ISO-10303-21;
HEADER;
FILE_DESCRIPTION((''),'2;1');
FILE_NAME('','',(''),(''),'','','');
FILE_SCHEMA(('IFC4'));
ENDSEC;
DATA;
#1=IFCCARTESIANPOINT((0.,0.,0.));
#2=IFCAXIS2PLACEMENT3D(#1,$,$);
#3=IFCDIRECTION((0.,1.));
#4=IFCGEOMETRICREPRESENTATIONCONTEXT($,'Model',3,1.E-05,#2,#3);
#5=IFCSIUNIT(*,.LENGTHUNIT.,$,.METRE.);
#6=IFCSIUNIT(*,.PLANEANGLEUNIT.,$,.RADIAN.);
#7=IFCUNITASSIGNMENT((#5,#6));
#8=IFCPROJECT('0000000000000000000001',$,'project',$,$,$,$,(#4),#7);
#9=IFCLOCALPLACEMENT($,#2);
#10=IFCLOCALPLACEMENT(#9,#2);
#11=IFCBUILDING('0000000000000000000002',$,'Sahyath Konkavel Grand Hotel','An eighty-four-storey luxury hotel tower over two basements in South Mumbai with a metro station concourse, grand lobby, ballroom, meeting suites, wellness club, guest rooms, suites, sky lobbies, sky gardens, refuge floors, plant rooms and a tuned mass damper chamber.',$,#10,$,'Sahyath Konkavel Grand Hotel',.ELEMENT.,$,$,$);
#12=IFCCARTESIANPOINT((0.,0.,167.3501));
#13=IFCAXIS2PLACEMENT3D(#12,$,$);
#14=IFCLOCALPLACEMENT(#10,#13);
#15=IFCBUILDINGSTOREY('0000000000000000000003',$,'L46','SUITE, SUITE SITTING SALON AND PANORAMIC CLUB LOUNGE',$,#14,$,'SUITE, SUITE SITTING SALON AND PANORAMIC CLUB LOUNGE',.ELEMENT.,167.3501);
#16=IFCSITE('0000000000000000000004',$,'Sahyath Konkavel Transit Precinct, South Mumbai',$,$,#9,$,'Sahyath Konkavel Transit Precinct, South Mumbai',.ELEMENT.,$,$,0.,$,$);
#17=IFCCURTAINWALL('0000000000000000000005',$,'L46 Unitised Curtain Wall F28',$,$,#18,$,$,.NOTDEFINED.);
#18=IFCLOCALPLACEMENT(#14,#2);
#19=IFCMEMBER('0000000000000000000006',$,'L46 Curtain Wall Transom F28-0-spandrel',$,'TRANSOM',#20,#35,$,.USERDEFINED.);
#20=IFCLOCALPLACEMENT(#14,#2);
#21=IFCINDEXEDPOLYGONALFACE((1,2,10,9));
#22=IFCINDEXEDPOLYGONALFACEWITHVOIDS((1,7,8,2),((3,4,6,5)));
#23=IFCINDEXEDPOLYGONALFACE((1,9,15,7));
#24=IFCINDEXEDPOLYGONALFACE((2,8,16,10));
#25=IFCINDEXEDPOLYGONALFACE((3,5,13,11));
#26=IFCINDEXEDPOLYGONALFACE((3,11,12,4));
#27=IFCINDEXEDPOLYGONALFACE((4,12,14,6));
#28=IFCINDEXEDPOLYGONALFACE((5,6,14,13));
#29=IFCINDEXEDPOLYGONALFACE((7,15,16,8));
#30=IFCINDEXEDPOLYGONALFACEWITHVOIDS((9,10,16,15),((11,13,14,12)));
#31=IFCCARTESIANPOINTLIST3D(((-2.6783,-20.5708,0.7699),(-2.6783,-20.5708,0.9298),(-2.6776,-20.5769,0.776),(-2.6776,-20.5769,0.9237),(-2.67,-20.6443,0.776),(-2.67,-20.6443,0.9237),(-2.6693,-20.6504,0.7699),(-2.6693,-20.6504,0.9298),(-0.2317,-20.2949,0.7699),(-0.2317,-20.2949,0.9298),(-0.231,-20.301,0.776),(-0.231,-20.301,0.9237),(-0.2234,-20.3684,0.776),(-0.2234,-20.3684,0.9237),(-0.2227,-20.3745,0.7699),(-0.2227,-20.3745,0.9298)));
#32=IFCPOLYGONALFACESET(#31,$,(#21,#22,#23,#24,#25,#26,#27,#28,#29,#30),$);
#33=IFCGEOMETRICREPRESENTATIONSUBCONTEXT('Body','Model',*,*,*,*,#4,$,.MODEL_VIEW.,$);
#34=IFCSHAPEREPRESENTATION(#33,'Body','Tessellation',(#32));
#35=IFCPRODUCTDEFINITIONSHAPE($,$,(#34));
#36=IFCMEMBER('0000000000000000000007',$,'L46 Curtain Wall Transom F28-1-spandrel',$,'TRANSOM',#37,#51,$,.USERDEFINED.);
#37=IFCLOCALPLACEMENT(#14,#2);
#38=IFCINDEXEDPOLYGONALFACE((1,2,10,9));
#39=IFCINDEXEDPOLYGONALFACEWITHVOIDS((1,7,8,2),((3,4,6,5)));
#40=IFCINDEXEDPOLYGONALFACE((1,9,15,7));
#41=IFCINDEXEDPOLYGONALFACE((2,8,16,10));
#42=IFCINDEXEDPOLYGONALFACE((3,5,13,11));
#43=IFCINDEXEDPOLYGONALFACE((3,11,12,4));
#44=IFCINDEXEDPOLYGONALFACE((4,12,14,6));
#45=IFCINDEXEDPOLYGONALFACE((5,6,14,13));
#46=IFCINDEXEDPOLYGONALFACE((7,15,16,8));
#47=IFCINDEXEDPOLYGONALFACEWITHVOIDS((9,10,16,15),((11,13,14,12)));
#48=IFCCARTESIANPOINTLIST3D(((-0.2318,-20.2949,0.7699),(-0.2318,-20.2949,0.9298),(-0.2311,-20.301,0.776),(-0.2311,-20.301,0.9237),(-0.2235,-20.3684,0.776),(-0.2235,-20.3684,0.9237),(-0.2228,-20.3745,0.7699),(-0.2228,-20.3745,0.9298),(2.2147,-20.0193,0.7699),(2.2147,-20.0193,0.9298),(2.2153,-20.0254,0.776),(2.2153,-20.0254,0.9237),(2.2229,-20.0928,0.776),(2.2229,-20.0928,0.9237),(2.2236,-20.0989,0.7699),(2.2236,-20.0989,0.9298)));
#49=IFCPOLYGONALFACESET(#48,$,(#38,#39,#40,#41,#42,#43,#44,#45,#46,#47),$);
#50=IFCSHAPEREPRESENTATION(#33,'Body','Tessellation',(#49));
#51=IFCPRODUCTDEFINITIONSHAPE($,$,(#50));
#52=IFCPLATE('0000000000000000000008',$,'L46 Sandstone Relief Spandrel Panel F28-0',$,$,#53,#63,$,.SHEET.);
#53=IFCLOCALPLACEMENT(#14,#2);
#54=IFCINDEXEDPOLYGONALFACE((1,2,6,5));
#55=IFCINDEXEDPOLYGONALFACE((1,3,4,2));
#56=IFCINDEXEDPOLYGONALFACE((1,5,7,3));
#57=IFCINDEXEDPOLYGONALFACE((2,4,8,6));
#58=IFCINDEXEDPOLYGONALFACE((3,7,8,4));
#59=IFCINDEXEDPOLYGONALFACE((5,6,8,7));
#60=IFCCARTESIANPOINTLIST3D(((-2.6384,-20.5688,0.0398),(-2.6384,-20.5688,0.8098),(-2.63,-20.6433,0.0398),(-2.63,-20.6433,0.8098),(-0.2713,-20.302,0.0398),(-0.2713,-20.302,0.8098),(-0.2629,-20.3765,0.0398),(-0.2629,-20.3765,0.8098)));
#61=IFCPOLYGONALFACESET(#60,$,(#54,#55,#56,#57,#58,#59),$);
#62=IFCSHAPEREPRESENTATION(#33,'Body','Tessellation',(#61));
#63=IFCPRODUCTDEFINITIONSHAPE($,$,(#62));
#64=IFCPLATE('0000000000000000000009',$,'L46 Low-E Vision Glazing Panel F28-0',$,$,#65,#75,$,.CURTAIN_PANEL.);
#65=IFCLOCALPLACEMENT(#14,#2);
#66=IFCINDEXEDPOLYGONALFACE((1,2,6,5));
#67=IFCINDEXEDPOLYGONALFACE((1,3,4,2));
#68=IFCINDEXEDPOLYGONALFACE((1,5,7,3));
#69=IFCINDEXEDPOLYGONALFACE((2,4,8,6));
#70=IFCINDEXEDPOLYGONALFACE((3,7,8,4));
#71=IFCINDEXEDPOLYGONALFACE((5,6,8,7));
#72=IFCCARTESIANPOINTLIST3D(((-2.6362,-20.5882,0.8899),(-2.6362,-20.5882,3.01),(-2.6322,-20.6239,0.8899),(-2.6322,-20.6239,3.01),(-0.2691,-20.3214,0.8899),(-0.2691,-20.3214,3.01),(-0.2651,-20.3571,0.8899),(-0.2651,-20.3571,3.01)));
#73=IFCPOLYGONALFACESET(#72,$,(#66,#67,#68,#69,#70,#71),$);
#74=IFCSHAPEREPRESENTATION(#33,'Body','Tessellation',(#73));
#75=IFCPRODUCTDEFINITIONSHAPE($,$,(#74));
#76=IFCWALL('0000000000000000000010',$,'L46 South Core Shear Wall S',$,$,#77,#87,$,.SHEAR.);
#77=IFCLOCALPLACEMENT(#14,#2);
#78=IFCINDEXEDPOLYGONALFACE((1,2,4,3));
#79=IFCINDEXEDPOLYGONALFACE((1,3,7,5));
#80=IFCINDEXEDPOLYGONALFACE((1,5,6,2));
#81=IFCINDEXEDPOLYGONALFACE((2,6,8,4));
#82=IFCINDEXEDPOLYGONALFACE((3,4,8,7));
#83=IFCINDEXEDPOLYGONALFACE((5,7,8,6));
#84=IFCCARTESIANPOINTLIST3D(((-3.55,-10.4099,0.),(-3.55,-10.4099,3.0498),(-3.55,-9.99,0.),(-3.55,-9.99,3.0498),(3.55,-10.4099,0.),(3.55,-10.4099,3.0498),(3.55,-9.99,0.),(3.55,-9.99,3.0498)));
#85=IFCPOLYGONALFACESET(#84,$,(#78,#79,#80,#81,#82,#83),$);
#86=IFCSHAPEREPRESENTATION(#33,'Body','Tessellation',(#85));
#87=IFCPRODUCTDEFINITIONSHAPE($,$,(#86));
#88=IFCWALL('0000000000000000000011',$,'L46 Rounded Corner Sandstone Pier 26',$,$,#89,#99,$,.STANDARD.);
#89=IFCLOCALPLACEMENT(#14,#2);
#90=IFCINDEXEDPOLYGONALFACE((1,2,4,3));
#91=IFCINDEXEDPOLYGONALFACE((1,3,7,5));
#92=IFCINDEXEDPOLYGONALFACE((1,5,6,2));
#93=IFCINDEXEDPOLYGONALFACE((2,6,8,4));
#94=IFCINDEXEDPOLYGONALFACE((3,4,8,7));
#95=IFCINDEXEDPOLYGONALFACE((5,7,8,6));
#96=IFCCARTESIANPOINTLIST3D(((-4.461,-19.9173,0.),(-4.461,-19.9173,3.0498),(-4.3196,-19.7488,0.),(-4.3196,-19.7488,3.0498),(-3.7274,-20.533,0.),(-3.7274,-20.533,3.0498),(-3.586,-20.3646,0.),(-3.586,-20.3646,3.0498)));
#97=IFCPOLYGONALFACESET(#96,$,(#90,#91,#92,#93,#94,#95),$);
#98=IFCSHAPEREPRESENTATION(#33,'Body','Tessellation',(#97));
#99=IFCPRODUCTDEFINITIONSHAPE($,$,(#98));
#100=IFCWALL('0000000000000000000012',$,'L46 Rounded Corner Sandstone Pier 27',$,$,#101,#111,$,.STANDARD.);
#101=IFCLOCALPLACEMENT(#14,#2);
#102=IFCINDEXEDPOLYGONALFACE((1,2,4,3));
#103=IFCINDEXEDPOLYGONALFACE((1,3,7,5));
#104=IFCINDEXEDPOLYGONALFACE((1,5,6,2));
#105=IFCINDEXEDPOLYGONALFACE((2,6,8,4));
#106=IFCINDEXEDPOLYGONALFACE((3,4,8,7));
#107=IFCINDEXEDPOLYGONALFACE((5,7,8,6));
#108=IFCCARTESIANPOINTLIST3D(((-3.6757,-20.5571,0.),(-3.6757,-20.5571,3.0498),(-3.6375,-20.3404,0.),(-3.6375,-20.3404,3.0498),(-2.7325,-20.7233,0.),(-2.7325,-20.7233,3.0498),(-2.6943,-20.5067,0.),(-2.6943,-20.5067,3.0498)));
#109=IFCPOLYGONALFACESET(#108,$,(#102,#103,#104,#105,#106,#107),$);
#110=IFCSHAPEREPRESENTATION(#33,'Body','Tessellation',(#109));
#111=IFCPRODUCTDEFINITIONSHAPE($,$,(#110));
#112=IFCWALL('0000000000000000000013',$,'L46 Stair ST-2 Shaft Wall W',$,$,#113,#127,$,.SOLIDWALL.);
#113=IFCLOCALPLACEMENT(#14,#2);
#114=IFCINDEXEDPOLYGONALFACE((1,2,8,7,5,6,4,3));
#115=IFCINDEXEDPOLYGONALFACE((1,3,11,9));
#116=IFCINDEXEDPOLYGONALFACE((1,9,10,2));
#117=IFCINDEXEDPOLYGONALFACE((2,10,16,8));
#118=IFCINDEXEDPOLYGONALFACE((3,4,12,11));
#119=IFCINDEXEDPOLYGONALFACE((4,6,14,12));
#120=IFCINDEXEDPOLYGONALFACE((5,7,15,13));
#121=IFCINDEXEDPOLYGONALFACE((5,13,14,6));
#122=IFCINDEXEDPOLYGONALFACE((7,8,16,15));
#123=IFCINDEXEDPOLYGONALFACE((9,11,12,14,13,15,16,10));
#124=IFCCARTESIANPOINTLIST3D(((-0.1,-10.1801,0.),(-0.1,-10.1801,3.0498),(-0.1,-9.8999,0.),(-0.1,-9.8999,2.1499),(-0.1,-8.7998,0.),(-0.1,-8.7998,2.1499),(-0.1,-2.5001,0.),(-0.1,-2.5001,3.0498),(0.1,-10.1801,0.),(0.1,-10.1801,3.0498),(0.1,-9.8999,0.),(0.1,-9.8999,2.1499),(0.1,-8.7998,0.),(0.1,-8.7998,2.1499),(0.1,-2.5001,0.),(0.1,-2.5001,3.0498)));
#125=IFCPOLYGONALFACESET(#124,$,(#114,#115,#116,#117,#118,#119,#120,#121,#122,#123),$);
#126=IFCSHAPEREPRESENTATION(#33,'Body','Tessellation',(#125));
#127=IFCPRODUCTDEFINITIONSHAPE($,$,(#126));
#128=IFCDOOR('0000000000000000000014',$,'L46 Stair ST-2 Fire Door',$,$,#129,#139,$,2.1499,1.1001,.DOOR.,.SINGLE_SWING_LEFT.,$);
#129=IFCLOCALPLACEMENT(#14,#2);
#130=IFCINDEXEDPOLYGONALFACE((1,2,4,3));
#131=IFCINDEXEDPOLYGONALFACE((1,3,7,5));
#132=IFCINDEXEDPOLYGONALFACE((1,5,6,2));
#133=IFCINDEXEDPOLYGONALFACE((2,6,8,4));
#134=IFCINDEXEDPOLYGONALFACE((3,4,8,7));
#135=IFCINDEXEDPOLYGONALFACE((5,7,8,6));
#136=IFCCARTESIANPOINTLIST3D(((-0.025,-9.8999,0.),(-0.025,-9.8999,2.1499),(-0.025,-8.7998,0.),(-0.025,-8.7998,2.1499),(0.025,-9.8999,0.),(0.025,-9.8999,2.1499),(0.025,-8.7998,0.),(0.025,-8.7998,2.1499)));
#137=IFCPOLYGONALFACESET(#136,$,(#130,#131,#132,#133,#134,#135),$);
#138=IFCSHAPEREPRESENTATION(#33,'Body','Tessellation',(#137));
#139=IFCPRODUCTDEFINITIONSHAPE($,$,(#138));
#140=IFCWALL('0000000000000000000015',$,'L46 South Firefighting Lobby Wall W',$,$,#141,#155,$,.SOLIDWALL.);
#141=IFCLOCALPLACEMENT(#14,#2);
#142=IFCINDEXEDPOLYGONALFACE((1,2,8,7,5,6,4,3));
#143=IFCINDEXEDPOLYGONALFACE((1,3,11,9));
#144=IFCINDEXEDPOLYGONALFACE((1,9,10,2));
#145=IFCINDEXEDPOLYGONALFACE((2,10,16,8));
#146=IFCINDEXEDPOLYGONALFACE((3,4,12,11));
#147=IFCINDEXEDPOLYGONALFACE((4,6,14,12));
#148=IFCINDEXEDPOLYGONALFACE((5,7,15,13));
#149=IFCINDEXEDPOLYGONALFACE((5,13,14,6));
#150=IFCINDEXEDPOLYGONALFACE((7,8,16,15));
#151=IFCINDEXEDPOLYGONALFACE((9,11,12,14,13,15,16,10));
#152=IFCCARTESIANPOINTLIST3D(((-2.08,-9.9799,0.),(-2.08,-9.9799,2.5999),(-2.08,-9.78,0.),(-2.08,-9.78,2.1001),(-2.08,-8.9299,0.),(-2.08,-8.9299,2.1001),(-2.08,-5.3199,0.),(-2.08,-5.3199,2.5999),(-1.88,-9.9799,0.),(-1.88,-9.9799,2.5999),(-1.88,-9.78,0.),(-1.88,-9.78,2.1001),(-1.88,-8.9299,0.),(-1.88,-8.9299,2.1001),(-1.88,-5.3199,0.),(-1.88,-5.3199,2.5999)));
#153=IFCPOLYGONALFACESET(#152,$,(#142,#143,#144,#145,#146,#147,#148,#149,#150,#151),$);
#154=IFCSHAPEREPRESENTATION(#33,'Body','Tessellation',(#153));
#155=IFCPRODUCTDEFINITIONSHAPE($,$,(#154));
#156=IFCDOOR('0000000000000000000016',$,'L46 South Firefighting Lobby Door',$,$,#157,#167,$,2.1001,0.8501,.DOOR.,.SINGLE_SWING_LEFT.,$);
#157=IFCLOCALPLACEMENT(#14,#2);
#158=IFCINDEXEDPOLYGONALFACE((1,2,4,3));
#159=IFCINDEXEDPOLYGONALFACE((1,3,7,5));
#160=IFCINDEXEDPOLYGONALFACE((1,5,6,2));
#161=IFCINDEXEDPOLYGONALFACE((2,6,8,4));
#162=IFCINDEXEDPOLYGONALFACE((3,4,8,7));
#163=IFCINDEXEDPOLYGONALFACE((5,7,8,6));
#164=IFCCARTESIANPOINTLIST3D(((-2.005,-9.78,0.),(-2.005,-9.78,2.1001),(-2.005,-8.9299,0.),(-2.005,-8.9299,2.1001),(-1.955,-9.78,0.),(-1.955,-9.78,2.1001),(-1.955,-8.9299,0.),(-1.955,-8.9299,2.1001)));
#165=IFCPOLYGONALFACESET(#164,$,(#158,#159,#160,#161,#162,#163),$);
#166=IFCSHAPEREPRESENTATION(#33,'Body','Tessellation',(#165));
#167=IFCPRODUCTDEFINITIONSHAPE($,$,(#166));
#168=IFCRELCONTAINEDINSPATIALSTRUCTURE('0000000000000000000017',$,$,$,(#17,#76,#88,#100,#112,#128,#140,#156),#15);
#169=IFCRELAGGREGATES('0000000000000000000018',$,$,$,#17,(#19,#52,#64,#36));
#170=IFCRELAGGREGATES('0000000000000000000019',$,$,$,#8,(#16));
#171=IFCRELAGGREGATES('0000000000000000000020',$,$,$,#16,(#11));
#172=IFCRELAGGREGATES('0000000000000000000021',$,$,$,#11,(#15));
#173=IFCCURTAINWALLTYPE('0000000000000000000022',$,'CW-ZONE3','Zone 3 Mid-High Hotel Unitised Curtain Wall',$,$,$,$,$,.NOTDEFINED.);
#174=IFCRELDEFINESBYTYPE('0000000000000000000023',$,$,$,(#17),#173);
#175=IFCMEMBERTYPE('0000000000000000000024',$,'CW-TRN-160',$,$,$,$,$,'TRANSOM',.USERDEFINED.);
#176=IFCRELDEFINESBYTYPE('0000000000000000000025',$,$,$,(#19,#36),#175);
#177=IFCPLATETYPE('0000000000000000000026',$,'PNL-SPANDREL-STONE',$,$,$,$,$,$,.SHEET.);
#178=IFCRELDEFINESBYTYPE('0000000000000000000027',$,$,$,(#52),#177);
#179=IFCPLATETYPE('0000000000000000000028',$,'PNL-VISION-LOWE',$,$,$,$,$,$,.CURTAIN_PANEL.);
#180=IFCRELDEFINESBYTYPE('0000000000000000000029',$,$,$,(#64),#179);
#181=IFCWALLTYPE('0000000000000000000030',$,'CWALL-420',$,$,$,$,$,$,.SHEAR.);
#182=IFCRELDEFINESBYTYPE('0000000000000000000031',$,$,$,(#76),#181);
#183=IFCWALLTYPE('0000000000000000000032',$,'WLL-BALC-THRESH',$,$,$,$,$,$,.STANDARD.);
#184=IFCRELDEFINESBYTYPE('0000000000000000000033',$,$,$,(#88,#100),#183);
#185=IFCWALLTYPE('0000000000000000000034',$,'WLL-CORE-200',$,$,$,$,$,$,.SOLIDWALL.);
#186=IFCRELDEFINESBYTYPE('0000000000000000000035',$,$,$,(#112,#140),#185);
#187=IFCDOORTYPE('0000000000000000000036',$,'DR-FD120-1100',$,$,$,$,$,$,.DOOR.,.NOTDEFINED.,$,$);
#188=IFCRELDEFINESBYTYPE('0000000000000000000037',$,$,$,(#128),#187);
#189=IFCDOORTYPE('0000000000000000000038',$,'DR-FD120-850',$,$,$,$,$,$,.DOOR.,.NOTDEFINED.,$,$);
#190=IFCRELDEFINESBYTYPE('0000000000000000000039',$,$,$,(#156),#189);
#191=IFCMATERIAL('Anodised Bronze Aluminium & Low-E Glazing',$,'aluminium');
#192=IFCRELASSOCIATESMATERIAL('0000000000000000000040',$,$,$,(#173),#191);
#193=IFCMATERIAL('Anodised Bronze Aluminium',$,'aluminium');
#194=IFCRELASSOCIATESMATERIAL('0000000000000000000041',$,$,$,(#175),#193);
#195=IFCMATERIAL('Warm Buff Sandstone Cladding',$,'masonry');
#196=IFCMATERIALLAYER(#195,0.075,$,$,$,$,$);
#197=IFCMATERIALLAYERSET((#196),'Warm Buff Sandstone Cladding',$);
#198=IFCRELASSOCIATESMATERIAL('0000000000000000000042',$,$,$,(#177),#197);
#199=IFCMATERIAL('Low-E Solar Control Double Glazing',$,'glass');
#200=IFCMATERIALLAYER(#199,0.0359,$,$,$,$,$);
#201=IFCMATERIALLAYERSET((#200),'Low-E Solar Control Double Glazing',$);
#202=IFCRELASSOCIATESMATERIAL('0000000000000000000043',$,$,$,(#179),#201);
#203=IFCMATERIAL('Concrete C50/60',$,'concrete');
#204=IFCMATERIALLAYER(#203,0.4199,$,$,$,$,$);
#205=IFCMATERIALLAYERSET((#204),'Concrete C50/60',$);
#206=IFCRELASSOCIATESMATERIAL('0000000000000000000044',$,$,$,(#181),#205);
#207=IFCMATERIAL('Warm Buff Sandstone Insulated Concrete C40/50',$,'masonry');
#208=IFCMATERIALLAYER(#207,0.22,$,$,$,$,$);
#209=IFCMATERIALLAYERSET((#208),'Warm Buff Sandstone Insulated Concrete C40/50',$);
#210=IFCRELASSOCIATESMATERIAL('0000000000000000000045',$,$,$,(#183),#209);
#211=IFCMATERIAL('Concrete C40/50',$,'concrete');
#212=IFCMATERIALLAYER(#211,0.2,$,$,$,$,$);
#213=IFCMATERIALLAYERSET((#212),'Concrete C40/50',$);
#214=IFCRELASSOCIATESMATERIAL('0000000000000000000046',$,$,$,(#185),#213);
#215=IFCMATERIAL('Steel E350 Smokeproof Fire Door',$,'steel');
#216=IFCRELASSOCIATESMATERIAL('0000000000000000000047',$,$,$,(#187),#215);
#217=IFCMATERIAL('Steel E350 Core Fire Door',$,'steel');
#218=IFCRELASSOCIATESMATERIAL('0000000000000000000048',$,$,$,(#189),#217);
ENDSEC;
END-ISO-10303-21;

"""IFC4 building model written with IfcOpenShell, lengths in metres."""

from ifc_helpers import new_model, si_unit, direction, frame, frame_2d, origin, origin_2d, place, context, subcontext, project, spatial, rectangle, hollow_rectangle, extrude, source, transform, mapped, material, layer, layer_set, material_profile, profile_set, type_object, element, fill, aggregate, save


model = new_model("IFC4")

# Units and contexts
model_context = context("Model", 3, precision=1e-05, world=origin(), true_north=direction((0.0, 1.0)))
body_context = subcontext(model_context, "Body", "Model", "MODEL_VIEW")
ifc_project = project(units=[si_unit("LENGTHUNIT", "METRE"), si_unit("PLANEANGLEUNIT", "RADIAN")], contexts=[model_context])

# Site, building, storey
site_placement = place(None, origin())
site = spatial("IfcSite", under=ifc_project, at=site_placement, Name="Sahyath Konkavel Transit Precinct, South Mumbai", LongName="Sahyath Konkavel Transit Precinct, South Mumbai", CompositionType="ELEMENT", RefElevation=0.0)
building_placement = place(site_placement, origin())
building = spatial("IfcBuilding", under=site, at=building_placement, Name="Sahyath Konkavel Grand Hotel", Description="An eighty-four-storey luxury hotel tower over two basements in South Mumbai with a metro station concourse, grand lobby, ballroom, meeting suites, wellness club, guest rooms, suites, sky lobbies, sky gardens, refuge floors, plant rooms and a tuned mass damper chamber.", LongName="Sahyath Konkavel Grand Hotel", CompositionType="ELEMENT")
storey_placement = place(building_placement, frame((0.0, 0.0, 167.3501)))
storey = spatial("IfcBuildingStorey", under=building, at=storey_placement, Name="L46", Description="SUITE, SUITE SITTING SALON AND PANORAMIC CLUB LOUNGE", LongName="SUITE, SUITE SITTING SALON AND PANORAMIC CLUB LOUNGE", CompositionType="ELEMENT", Elevation=167.3501)

# Shared definitions
ifc_material_1 = material(Name="Concrete C50/60", Category="concrete")
ifc_material_2 = material(Name="Concrete C40/50", Category="concrete")

# Curtain wall, members, plates
ifc_material_3 = material(Name="Anodised Bronze Aluminium & Low-E Glazing", Category="aluminium")
curtain_wall_type = type_object("IfcCurtainWallType", Name="CW-ZONE3", Description="Zone 3 Mid-High Hotel Unitised Curtain Wall", PredefinedType="NOTDEFINED", material=ifc_material_3)
curtain_wall_placement = place(storey_placement, origin())
curtain_wall = element("IfcCurtainWall", 1, at=curtain_wall_placement, inside=storey, type_object=curtain_wall_type, Name="L46 Unitised Curtain Wall F28", PredefinedType="NOTDEFINED")
ifc_material_4 = material(Name="Anodised Bronze Aluminium", Category="aluminium")
ifc_material_profile_1 = material_profile(ifc_material_4, hollow_rectangle(XDim=0.0801, YDim=0.1599, WallThickness=0.0061, at=origin_2d()), Name="RHS 160x80x6")
ifc_profile_set_1 = profile_set([ifc_material_profile_1], Name="Anodised Bronze Aluminium")
member_type_1 = type_object("IfcMemberType", Name="CW-TRN-160", ElementType="TRANSOM", PredefinedType="USERDEFINED", material=ifc_profile_set_1)
shared_shape_1 = source(origin(), body_context, "Body", "SweptSolid", [
    extrude(hollow_rectangle(XDim=0.0801, YDim=0.1599, WallThickness=0.0061, at=origin_2d()), origin(), (0.0, 0.0, 1.0), 2.4622),
])
member_1_placement = place(storey_placement, frame((-2.6738, -20.6106, 0.8499), z_axis=(0.993702, 0.112053, 0.0), x_axis=(-0.112053, 0.993702, 0.0)))
member_1 = element("IfcMember", 2, at=member_1_placement, type_object=member_type_1, Name="L46 Curtain Wall Transom F28-0-spandrel", ObjectType="TRANSOM", PredefinedType="USERDEFINED", context=body_context, shape_type="MappedRepresentation", body=[
    mapped(shared_shape_1, transform((0.0, 0.0, 0.0), scale=1.0)),
])
shared_shape_2 = source(origin(), body_context, "Body", "SweptSolid", [
    extrude(hollow_rectangle(XDim=0.0801, YDim=0.1599, WallThickness=0.0061, at=origin_2d()), origin(), (0.0, 0.0, 1.0), 2.4619),
])
member_2_placement = place(storey_placement, frame((-0.2273, -20.3347, 0.8499), z_axis=(0.993713, 0.111955, 0.0), x_axis=(-0.111955, 0.993713, 0.0)))
member_2 = element("IfcMember", 3, at=member_2_placement, type_object=member_type_1, Name="L46 Curtain Wall Transom F28-1-spandrel", ObjectType="TRANSOM", PredefinedType="USERDEFINED", context=body_context, shape_type="MappedRepresentation", body=[
    mapped(shared_shape_2, transform((0.0, 0.0, 0.0), scale=1.0)),
])
ifc_material_5 = material(Name="Warm Buff Sandstone Cladding", Category="masonry")
ifc_layer_1 = layer(ifc_material_5, 0.075)
ifc_layer_set_1 = layer_set([ifc_layer_1], Name="Warm Buff Sandstone Cladding")
plate_type_1 = type_object("IfcPlateType", Name="PNL-SPANDREL-STONE", PredefinedType="SHEET", material=ifc_layer_set_1)
shared_shape_3 = source(origin(), body_context, "Body", "SweptSolid", [
    extrude(rectangle(XDim=2.3821, YDim=0.075, at=origin_2d()), origin(), (0.0, 0.0, 1.0), 0.77),
])
plate_1_placement = place(storey_placement, frame((-1.4507, -20.4727, 0.0398), z_axis=(0.0, 0.0, 1.0), x_axis=(0.993707, 0.112007, 0.0)))
plate_1 = element("IfcPlate", 4, at=plate_1_placement, type_object=plate_type_1, Name="L46 Sandstone Relief Spandrel Panel F28-0", PredefinedType="SHEET", context=body_context, shape_type="MappedRepresentation", body=[
    mapped(shared_shape_3, transform((0.0, 0.0, 0.0), scale=1.0)),
])
ifc_material_6 = material(Name="Low-E Solar Control Double Glazing", Category="glass")
ifc_layer_2 = layer(ifc_material_6, 0.0359)
ifc_layer_set_2 = layer_set([ifc_layer_2], Name="Low-E Solar Control Double Glazing")
plate_type_2 = type_object("IfcPlateType", Name="PNL-VISION-LOWE", PredefinedType="CURTAIN_PANEL", material=ifc_layer_set_2)
shared_shape_4 = source(origin(), body_context, "Body", "SweptSolid", [
    extrude(rectangle(XDim=2.3821, YDim=0.0359, at=origin_2d()), origin(), (0.0, 0.0, 1.0), 2.1201),
])
plate_2_placement = place(storey_placement, frame((-1.4507, -20.4727, 0.8899), z_axis=(0.0, 0.0, 1.0), x_axis=(0.993707, 0.112007, 0.0)))
plate_2 = element("IfcPlate", 5, at=plate_2_placement, type_object=plate_type_2, Name="L46 Low-E Vision Glazing Panel F28-0", PredefinedType="CURTAIN_PANEL", context=body_context, shape_type="MappedRepresentation", body=[
    mapped(shared_shape_4, transform((0.0, 0.0, 0.0), scale=1.0)),
])
aggregate(curtain_wall, [member_1, plate_1, plate_2, member_2])

# Walls
ifc_layer_3 = layer(ifc_material_1, 0.4199)
ifc_layer_set_3 = layer_set([ifc_layer_3], Name="Concrete C50/60")
wall_type_1 = type_object("IfcWallType", Name="CWALL-420", PredefinedType="SHEAR", material=ifc_layer_set_3)
wall_1_placement = place(storey_placement, frame((-3.55, -10.2, 0.0), z_axis=(0.0, 0.0, 1.0), x_axis=(1.0, 0.0, 0.0)))
element("IfcWall", 6, at=wall_1_placement, inside=storey, type_object=wall_type_1, Name="L46 South Core Shear Wall S", PredefinedType="SHEAR", context=body_context, shape_type="SweptSolid", body=[
    extrude(rectangle(XDim=7.1001, YDim=0.4199, at=frame_2d((3.55, 0.0))), origin(), (0.0, 0.0, 1.0), 3.0498),
])
ifc_material_7 = material(Name="Warm Buff Sandstone Insulated Concrete C40/50", Category="masonry")
ifc_layer_4 = layer(ifc_material_7, 0.22)
ifc_layer_set_4 = layer_set([ifc_layer_4], Name="Warm Buff Sandstone Insulated Concrete C40/50")
wall_type_2 = type_object("IfcWallType", Name="WLL-BALC-THRESH", PredefinedType="STANDARD", material=ifc_layer_set_4)
for number, where, z_axis, x_axis, name in (
    (7, (-4.3904, -19.833, 0.0), (0.0, 0.0, 1.0), (0.765981, -0.642863, 0.0), "L46 Rounded Corner Sandstone Pier 26"),
    (8, (-3.6567, -20.4487, 0.0), (0.0, 0.0, 1.0), (0.984814, -0.173611, 0.0), "L46 Rounded Corner Sandstone Pier 27"),
):
    element("IfcWall", number, at=place(storey_placement, frame(where, z_axis=z_axis, x_axis=x_axis)), inside=storey, type_object=wall_type_2, Name=name, PredefinedType="STANDARD", context=body_context, shape_type="SweptSolid", body=[
        extrude(rectangle(XDim=0.9578, YDim=0.22, at=frame_2d((0.479, 0.0))), origin(), (0.0, 0.0, 1.0), 3.0498),
    ])

# Walls, openings, doors
ifc_layer_5 = layer(ifc_material_2, 0.2)
ifc_layer_set_5 = layer_set([ifc_layer_5], Name="Concrete C40/50")
wall_type_3 = type_object("IfcWallType", Name="WLL-CORE-200", PredefinedType="SOLIDWALL", material=ifc_layer_set_5)
wall_2_placement = place(storey_placement, frame((0.0, -10.1799, 0.0), z_axis=(0.0, 0.0, 1.0), x_axis=(0.0, 1.0, 0.0)))
wall_2 = element("IfcWall", 9, at=wall_2_placement, inside=storey, type_object=wall_type_3, Name="L46 Stair ST-2 Shaft Wall W", PredefinedType="SOLIDWALL", context=body_context, shape_type="SweptSolid", body=[
    extrude(rectangle(XDim=7.6799, YDim=0.2, at=frame_2d((3.8398, 0.0))), origin(), (0.0, 0.0, 1.0), 3.0498),
])
opening_1_placement = place(wall_2_placement, frame((0.28, 0.0, 0.0)))
opening_1 = element("IfcOpeningElement", 10, at=opening_1_placement, cuts=wall_2, PredefinedType="OPENING", context=body_context, shape_type="SweptSolid", body=[
    extrude(rectangle(XDim=1.1001, YDim=2.1499, at=frame_2d((0.55, 1.075))), frame((0.0, 0.1099, 0.0), z_axis=(0.0, -1.0, 0.0), x_axis=(1.0, 0.0, 0.0)), (0.0, 0.0, 1.0), 0.22),
])
ifc_material_8 = material(Name="Steel E350 Smokeproof Fire Door", Category="steel")
door_type_1 = type_object("IfcDoorType", Name="DR-FD120-1100", OperationType="NOTDEFINED", PredefinedType="DOOR", material=ifc_material_8)
shared_shape_5 = source(origin(), body_context, "Body", "SweptSolid", [
    extrude(rectangle(XDim=1.1001, YDim=0.05, at=origin_2d()), origin(), (0.0, 0.0, 1.0), 2.1499),
])
door_1_placement = place(opening_1_placement, frame((0.55, 0.0, 0.0)))
door_1 = element("IfcDoor", 11, at=door_1_placement, inside=storey, type_object=door_type_1, Name="L46 Stair ST-2 Fire Door", OperationType="SINGLE_SWING_LEFT", OverallHeight=2.1499, OverallWidth=1.1001, PredefinedType="DOOR", context=body_context, shape_type="MappedRepresentation", body=[
    mapped(shared_shape_5, transform((0.0, 0.0, 0.0), scale=1.0)),
])
fill(opening_1, door_1)
wall_3_placement = place(storey_placement, frame((-1.98, -9.98, 0.0), z_axis=(0.0, 0.0, 1.0), x_axis=(0.0, 1.0, 0.0)))
wall_3 = element("IfcWall", 12, at=wall_3_placement, inside=storey, type_object=wall_type_3, Name="L46 South Firefighting Lobby Wall W", PredefinedType="SOLIDWALL", context=body_context, shape_type="SweptSolid", body=[
    extrude(rectangle(XDim=4.6599, YDim=0.2, at=frame_2d((2.3301, 0.0))), origin(), (0.0, 0.0, 1.0), 2.5999),
])
opening_2_placement = place(wall_3_placement, frame((0.2, 0.0, 0.0)))
opening_2 = element("IfcOpeningElement", 13, at=opening_2_placement, cuts=wall_3, PredefinedType="OPENING", context=body_context, shape_type="SweptSolid", body=[
    extrude(rectangle(XDim=0.8501, YDim=2.1001, at=frame_2d((0.425, 1.05))), frame((0.0, 0.1099, 0.0), z_axis=(0.0, -1.0, 0.0), x_axis=(1.0, 0.0, 0.0)), (0.0, 0.0, 1.0), 0.22),
])
ifc_material_9 = material(Name="Steel E350 Core Fire Door", Category="steel")
door_type_2 = type_object("IfcDoorType", Name="DR-FD120-850", OperationType="NOTDEFINED", PredefinedType="DOOR", material=ifc_material_9)
shared_shape_6 = source(origin(), body_context, "Body", "SweptSolid", [
    extrude(rectangle(XDim=0.8501, YDim=0.05, at=origin_2d()), origin(), (0.0, 0.0, 1.0), 2.1001),
])
door_2_placement = place(opening_2_placement, frame((0.425, 0.0, 0.0)))
door_2 = element("IfcDoor", 14, at=door_2_placement, inside=storey, type_object=door_type_2, Name="L46 South Firefighting Lobby Door", OperationType="SINGLE_SWING_LEFT", OverallHeight=2.1001, OverallWidth=0.8501, PredefinedType="DOOR", context=body_context, shape_type="MappedRepresentation", body=[
    mapped(shared_shape_6, transform((0.0, 0.0, 0.0), scale=1.0)),
])
fill(opening_2, door_2)

save(model, "model.ifc")
